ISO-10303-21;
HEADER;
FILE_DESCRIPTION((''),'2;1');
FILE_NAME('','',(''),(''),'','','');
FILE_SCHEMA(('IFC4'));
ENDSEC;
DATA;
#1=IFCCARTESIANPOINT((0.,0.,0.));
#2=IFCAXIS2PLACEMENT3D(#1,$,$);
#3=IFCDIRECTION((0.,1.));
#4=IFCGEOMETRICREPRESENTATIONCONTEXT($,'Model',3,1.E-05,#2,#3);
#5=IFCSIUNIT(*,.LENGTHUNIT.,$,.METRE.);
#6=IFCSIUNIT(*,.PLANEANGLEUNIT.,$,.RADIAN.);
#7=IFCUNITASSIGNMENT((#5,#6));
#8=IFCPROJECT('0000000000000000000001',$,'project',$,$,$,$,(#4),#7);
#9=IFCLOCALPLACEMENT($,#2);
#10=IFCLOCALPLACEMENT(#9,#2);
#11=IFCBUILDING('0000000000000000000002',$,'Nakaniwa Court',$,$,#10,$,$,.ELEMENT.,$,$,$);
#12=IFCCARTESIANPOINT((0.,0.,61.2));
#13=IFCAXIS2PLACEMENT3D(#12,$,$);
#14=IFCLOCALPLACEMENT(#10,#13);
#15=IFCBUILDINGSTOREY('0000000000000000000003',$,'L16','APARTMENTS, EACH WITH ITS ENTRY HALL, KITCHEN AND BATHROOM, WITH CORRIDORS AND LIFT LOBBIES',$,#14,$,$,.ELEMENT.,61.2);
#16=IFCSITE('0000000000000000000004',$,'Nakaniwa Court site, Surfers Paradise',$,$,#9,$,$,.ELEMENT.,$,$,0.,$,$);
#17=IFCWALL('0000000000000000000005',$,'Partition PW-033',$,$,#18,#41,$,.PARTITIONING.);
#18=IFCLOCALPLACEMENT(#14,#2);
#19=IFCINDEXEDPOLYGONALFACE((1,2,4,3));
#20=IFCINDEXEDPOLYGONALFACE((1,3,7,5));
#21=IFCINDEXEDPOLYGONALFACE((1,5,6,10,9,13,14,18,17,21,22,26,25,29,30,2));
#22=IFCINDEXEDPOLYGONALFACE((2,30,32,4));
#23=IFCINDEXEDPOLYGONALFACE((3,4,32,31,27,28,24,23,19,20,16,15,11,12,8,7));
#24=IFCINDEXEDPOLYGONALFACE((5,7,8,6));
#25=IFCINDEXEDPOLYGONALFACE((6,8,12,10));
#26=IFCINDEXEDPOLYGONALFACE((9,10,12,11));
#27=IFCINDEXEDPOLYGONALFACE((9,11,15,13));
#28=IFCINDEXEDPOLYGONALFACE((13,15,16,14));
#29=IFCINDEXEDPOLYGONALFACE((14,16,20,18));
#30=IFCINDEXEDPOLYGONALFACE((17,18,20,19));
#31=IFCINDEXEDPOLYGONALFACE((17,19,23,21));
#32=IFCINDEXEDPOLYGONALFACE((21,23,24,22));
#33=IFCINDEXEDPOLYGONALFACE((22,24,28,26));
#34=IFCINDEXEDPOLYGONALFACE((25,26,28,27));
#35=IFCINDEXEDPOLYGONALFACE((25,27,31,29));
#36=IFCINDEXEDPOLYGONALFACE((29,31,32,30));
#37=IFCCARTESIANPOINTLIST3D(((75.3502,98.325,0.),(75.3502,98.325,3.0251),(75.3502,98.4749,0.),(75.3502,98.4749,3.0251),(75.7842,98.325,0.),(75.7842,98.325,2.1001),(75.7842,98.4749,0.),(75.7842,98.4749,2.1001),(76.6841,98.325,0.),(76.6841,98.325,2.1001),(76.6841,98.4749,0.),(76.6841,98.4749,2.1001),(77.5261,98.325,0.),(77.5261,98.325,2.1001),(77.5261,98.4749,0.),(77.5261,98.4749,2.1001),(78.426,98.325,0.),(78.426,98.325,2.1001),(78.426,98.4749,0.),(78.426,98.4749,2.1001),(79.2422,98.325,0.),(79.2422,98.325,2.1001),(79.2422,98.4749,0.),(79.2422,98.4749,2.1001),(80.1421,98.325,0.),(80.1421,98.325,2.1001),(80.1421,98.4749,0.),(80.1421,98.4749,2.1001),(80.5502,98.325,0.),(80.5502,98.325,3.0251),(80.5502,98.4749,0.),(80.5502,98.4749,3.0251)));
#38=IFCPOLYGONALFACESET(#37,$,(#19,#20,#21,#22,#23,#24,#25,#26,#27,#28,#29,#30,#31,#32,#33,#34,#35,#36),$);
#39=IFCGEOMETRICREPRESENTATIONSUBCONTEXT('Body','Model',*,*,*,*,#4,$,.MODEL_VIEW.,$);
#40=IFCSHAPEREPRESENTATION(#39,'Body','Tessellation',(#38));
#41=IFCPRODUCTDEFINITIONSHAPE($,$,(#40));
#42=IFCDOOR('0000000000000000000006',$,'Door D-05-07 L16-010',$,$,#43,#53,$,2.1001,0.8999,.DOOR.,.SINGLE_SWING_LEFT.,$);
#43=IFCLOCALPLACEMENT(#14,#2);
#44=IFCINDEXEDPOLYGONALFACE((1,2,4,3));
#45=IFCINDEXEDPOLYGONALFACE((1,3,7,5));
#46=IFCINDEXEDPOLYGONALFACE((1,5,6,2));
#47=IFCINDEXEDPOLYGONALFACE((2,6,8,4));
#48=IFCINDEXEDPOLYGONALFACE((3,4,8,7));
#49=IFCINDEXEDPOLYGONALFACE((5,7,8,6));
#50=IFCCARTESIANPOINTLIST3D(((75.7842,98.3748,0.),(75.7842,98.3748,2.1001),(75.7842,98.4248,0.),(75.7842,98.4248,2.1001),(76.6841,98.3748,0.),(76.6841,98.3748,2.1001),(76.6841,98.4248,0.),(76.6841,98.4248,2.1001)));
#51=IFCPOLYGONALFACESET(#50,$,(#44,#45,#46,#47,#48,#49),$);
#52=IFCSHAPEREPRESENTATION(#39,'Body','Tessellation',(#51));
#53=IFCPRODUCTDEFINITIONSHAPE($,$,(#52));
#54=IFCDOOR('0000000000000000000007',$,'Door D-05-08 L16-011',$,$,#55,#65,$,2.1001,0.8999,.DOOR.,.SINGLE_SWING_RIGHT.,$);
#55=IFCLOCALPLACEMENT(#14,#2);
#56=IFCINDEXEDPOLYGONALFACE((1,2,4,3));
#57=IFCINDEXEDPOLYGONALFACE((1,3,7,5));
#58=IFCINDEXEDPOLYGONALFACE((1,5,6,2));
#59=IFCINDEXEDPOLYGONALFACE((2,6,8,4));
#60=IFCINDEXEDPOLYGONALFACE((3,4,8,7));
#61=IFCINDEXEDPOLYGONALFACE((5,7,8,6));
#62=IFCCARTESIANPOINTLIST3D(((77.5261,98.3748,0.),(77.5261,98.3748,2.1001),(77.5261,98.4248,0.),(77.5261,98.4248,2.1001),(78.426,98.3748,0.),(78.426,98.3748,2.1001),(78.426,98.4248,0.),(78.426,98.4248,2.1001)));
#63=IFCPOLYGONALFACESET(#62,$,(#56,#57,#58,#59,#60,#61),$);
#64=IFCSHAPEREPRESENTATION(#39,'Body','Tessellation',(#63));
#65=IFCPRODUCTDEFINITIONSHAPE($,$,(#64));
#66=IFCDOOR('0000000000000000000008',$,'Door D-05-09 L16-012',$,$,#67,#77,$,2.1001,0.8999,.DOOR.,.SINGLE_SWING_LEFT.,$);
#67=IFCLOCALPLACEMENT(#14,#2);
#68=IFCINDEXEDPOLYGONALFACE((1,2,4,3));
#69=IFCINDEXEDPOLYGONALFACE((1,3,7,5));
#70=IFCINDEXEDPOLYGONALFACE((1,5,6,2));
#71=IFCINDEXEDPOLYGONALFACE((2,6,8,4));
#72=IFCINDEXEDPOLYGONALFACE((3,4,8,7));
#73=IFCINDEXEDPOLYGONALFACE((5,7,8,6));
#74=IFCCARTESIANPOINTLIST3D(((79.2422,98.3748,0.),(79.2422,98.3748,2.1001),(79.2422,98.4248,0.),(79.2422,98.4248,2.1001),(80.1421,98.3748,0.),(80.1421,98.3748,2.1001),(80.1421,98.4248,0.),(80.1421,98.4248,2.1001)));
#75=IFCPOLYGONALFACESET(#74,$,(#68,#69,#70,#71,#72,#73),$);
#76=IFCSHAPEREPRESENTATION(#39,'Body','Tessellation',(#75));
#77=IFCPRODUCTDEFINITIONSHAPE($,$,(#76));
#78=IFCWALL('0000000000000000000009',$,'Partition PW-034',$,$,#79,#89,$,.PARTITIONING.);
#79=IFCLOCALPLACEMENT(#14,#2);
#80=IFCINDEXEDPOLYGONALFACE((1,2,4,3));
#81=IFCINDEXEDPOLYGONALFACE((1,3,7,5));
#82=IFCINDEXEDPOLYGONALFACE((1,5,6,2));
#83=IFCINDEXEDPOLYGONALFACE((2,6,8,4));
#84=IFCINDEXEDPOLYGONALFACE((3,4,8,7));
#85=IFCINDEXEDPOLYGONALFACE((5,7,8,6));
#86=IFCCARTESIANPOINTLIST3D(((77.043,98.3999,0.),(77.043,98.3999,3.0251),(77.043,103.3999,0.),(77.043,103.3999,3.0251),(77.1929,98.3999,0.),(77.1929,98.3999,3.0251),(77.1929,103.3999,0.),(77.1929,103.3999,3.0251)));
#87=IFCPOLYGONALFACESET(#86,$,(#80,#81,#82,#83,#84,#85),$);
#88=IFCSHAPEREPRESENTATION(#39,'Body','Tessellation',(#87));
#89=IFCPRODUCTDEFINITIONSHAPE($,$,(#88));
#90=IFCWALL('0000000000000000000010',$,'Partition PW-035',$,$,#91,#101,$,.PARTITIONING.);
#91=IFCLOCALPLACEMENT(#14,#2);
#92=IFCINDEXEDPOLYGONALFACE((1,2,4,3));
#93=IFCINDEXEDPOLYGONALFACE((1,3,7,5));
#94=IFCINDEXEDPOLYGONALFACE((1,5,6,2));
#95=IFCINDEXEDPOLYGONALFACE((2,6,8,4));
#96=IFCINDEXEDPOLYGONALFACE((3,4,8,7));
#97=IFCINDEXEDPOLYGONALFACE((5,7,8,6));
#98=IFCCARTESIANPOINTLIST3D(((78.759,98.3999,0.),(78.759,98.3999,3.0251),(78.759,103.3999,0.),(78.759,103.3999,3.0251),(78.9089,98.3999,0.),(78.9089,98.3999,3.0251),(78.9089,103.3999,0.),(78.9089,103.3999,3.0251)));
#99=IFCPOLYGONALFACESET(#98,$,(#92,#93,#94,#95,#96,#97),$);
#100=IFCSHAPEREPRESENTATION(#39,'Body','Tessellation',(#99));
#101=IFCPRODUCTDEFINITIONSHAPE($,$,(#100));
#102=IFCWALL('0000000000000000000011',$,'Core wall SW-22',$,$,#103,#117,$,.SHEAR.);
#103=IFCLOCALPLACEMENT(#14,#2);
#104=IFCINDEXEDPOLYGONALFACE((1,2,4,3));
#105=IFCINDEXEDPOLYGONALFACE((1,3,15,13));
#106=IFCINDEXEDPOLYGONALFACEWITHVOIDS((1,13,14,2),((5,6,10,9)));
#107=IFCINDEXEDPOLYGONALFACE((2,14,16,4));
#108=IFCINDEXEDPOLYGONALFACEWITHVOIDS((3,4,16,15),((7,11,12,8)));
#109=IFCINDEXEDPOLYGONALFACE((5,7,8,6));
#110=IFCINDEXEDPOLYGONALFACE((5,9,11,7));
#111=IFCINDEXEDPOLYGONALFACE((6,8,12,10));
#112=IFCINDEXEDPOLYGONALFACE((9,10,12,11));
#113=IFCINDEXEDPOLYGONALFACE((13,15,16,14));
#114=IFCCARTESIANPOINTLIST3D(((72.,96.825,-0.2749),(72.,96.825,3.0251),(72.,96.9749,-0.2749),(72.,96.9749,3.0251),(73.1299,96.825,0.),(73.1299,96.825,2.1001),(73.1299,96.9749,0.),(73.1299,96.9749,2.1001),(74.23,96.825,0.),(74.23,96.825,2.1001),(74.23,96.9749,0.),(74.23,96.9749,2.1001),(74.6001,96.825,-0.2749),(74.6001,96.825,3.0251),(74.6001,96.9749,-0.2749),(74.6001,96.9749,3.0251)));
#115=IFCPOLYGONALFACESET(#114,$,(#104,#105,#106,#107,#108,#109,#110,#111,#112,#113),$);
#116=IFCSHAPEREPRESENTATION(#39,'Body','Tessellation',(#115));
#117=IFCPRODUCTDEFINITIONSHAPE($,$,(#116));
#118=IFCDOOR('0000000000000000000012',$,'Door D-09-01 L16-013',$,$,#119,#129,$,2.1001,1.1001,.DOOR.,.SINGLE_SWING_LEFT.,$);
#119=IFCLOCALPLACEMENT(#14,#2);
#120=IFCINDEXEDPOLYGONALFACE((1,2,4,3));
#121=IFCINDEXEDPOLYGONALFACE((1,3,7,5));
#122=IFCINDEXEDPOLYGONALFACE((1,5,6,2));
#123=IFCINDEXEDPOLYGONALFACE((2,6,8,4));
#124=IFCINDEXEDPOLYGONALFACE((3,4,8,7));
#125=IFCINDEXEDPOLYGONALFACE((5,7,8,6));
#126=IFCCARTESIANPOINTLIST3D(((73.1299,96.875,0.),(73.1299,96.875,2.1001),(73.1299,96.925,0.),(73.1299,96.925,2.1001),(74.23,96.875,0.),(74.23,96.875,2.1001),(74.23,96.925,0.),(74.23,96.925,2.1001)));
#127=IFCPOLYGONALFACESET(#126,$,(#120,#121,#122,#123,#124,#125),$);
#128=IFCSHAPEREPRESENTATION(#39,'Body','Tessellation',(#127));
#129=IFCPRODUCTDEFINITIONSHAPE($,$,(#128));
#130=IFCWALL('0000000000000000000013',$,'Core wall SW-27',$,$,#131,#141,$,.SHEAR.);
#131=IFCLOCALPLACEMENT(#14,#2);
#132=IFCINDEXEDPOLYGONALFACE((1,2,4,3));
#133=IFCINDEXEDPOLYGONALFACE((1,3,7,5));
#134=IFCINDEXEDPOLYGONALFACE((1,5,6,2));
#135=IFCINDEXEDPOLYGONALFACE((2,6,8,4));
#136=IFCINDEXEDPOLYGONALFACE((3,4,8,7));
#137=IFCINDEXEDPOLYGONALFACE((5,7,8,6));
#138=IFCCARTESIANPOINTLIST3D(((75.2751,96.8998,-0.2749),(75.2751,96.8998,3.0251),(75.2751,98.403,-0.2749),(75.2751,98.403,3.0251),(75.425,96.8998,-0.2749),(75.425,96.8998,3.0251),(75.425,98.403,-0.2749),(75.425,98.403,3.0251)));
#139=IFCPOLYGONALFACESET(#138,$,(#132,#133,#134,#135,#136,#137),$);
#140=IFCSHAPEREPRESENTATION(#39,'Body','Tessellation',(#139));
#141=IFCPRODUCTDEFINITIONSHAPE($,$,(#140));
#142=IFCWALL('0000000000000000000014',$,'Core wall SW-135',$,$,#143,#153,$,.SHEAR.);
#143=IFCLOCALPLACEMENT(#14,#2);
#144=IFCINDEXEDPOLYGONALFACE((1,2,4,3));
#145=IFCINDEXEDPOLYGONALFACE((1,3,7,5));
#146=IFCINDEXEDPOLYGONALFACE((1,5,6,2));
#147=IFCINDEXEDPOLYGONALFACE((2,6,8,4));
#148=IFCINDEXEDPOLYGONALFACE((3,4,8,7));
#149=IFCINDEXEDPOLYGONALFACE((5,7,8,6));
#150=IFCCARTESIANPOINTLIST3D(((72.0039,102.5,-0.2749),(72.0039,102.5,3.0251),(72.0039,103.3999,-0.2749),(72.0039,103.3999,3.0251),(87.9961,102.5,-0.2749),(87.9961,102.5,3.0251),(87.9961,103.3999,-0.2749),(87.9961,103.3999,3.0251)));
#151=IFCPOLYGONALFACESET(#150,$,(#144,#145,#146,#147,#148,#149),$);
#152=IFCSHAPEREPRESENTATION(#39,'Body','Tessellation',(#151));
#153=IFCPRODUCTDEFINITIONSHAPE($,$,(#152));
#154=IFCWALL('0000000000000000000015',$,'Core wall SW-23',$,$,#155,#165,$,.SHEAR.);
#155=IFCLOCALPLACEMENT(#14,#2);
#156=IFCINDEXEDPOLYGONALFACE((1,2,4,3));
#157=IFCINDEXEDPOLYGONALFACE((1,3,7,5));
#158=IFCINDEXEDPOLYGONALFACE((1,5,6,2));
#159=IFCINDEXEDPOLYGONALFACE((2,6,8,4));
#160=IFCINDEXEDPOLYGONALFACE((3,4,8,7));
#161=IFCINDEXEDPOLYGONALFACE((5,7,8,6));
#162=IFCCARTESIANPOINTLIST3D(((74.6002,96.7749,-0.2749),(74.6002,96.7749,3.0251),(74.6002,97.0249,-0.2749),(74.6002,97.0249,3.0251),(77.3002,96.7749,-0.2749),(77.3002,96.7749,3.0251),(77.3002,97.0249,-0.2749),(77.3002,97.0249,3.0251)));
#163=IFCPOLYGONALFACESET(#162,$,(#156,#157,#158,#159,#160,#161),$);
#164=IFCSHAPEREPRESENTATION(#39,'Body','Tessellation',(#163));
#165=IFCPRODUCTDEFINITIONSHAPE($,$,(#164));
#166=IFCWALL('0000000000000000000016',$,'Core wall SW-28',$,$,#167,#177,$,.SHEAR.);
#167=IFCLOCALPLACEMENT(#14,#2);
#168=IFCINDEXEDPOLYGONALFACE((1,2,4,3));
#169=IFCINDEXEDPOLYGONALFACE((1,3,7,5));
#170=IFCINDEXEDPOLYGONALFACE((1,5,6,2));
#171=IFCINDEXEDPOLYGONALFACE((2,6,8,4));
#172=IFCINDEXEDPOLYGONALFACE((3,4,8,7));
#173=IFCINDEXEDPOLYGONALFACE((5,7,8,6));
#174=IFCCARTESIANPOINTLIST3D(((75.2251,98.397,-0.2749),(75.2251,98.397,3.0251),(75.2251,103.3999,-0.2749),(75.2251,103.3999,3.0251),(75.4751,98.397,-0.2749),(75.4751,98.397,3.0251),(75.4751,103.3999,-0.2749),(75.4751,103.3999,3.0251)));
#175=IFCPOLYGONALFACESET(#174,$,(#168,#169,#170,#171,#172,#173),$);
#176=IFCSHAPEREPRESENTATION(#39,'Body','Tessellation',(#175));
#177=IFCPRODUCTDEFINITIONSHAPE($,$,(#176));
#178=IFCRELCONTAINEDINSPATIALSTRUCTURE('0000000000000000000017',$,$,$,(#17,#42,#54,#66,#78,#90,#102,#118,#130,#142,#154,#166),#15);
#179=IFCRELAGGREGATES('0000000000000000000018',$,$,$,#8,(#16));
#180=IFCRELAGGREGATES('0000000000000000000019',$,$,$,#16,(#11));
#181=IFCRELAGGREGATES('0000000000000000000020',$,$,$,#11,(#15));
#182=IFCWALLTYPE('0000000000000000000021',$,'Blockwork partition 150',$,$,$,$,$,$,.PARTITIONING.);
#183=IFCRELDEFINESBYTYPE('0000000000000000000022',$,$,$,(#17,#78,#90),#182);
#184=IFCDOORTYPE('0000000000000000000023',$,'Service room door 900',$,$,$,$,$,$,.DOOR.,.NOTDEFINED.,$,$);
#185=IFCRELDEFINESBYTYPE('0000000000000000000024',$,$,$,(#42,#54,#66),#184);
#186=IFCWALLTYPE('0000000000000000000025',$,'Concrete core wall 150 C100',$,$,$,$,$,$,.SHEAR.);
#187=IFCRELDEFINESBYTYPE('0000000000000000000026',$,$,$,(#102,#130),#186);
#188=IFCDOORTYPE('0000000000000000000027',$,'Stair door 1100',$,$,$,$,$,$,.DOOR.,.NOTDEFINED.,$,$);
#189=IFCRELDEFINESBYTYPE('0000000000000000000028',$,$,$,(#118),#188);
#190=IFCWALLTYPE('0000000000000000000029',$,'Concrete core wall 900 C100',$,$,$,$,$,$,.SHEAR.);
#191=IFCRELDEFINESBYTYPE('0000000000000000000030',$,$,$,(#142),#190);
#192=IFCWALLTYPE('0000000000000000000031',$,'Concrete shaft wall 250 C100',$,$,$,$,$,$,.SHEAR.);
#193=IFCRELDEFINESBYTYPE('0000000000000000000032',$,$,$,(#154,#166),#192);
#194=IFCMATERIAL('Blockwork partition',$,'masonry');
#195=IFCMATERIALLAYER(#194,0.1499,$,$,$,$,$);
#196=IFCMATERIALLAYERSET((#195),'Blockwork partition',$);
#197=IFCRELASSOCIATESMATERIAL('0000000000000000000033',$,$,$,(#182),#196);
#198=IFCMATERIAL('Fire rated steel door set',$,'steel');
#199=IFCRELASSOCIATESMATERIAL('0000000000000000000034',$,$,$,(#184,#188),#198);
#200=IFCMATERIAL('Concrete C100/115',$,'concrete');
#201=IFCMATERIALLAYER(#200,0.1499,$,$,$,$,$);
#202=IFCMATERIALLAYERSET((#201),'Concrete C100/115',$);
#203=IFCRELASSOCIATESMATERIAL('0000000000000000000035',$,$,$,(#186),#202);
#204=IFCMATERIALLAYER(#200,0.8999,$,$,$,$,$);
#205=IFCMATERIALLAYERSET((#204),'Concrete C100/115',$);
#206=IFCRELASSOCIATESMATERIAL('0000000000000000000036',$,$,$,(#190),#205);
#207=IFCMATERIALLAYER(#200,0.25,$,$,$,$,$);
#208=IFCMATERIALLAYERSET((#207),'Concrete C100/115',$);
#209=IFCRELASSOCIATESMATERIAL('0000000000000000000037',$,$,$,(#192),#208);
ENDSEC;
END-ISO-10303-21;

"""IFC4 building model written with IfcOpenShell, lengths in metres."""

from ifc_helpers import new_model, si_unit, direction, frame, frame_2d, origin, place, context, subcontext, project, spatial, rectangle, extrude, material, layer, layer_set, type_object, element, fill, save


model = new_model("IFC4")

# Units and contexts
model_context = context("Model", 3, precision=1e-05, world=origin(), true_north=direction((0.0, 1.0)))
body_context = subcontext(model_context, "Body", "Model", "MODEL_VIEW")
ifc_project = project(units=[si_unit("LENGTHUNIT", "METRE"), si_unit("PLANEANGLEUNIT", "RADIAN")], contexts=[model_context])

# Site, building, storey
site_placement = place(None, origin())
site = spatial("IfcSite", under=ifc_project, at=site_placement, Name="Nakaniwa Court site, Surfers Paradise", CompositionType="ELEMENT", RefElevation=0.0)
building_placement = place(site_placement, origin())
building = spatial("IfcBuilding", under=site, at=building_placement, Name="Nakaniwa Court", CompositionType="ELEMENT")
storey_placement = place(building_placement, frame((0.0, 0.0, 61.2)))
storey = spatial("IfcBuildingStorey", under=building, at=storey_placement, Name="L16", Description="APARTMENTS, EACH WITH ITS ENTRY HALL, KITCHEN AND BATHROOM, WITH CORRIDORS AND LIFT LOBBIES", CompositionType="ELEMENT", Elevation=61.2)

# Shared definitions
ifc_material_1 = material(Name="Concrete C100/115", Category="concrete")

# Shared definitions
ifc_material_2 = material(Name="Blockwork partition", Category="masonry")
ifc_layer_1 = layer(ifc_material_2, 0.1499)
ifc_layer_set_1 = layer_set([ifc_layer_1], Name="Blockwork partition")
wall_type_1 = type_object("IfcWallType", Name="Blockwork partition 150", PredefinedType="PARTITIONING", material=ifc_layer_set_1)
ifc_material_3 = material(Name="Fire rated steel door set", Category="steel")

# Wall, openings, doors
wall_1_placement = place(storey_placement, frame((75.3501, 98.3999, 0.0), z_axis=(0.0, 0.0, 1.0), x_axis=(1.0, 0.0, 0.0)))
wall_1 = element("IfcWall", 1, at=wall_1_placement, inside=storey, type_object=wall_type_1, Name="Partition PW-033", PredefinedType="PARTITIONING", context=body_context, shape_type="SweptSolid", body=[
    extrude(rectangle(XDim=5.2, YDim=0.1499, at=frame_2d((2.6001, 0.0))), origin(), (0.0, 0.0, 1.0), 3.0251),
])
opening_1_placement = place(wall_1_placement, frame((0.4341, 0.0, 0.0)))
opening_1 = element("IfcOpeningElement", 2, at=opening_1_placement, cuts=wall_1, PredefinedType="OPENING", context=body_context, shape_type="SweptSolid", body=[
    extrude(rectangle(XDim=0.8999, YDim=2.1001, at=frame_2d((0.45, 1.05))), frame((0.0, 0.085, 0.0), z_axis=(0.0, -1.0, 0.0), x_axis=(1.0, 0.0, 0.0)), (0.0, 0.0, 1.0), 0.1699),
])
opening_2_placement = place(wall_1_placement, frame((2.176, 0.0, 0.0)))
opening_2 = element("IfcOpeningElement", 3, at=opening_2_placement, cuts=wall_1, PredefinedType="OPENING", context=body_context, shape_type="SweptSolid", body=[
    extrude(rectangle(XDim=0.8999, YDim=2.1001, at=frame_2d((0.45, 1.05))), frame((0.0, 0.085, 0.0), z_axis=(0.0, -1.0, 0.0), x_axis=(1.0, 0.0, 0.0)), (0.0, 0.0, 1.0), 0.1699),
])
opening_3_placement = place(wall_1_placement, frame((3.8921, 0.0, 0.0)))
opening_3 = element("IfcOpeningElement", 4, at=opening_3_placement, cuts=wall_1, PredefinedType="OPENING", context=body_context, shape_type="SweptSolid", body=[
    extrude(rectangle(XDim=0.8999, YDim=2.1001, at=frame_2d((0.45, 1.05))), frame((0.0, 0.085, 0.0), z_axis=(0.0, -1.0, 0.0), x_axis=(1.0, 0.0, 0.0)), (0.0, 0.0, 1.0), 0.1699),
])
door_type_1 = type_object("IfcDoorType", Name="Service room door 900", OperationType="NOTDEFINED", PredefinedType="DOOR", material=ifc_material_3)
door_1_placement = place(opening_1_placement, origin())
door_1 = element("IfcDoor", 5, at=door_1_placement, inside=storey, type_object=door_type_1, Name="Door D-05-07 L16-010", OperationType="SINGLE_SWING_LEFT", OverallHeight=2.1001, OverallWidth=0.8999, PredefinedType="DOOR", context=body_context, shape_type="SweptSolid", body=[
    extrude(rectangle(XDim=0.8999, YDim=2.1001, at=frame_2d((0.45, 1.05))), frame((0.0, 0.0249, 0.0), z_axis=(0.0, -1.0, 0.0), x_axis=(1.0, 0.0, 0.0)), (0.0, 0.0, 1.0), 0.05),
])
fill(opening_1, door_1)
door_2_placement = place(opening_2_placement, origin())
door_2 = element("IfcDoor", 6, at=door_2_placement, inside=storey, type_object=door_type_1, Name="Door D-05-08 L16-011", OperationType="SINGLE_SWING_RIGHT", OverallHeight=2.1001, OverallWidth=0.8999, PredefinedType="DOOR", context=body_context, shape_type="SweptSolid", body=[
    extrude(rectangle(XDim=0.8999, YDim=2.1001, at=frame_2d((0.45, 1.05))), frame((0.0, 0.0249, 0.0), z_axis=(0.0, -1.0, 0.0), x_axis=(1.0, 0.0, 0.0)), (0.0, 0.0, 1.0), 0.05),
])
fill(opening_2, door_2)
door_3_placement = place(opening_3_placement, origin())
door_3 = element("IfcDoor", 7, at=door_3_placement, inside=storey, type_object=door_type_1, Name="Door D-05-09 L16-012", OperationType="SINGLE_SWING_LEFT", OverallHeight=2.1001, OverallWidth=0.8999, PredefinedType="DOOR", context=body_context, shape_type="SweptSolid", body=[
    extrude(rectangle(XDim=0.8999, YDim=2.1001, at=frame_2d((0.45, 1.05))), frame((0.0, 0.0249, 0.0), z_axis=(0.0, -1.0, 0.0), x_axis=(1.0, 0.0, 0.0)), (0.0, 0.0, 1.0), 0.05),
])
fill(opening_3, door_3)

# Walls
for number, where, z_axis, x_axis, name in (
    (8, (77.1179, 98.3999, 0.0), (0.0, 0.0, 1.0), (0.0, 1.0, 0.0), "Partition PW-034"),
    (9, (78.834, 98.3999, 0.0), (0.0, 0.0, 1.0), (0.0, 1.0, 0.0), "Partition PW-035"),
):
    element("IfcWall", number, at=place(storey_placement, frame(where, z_axis=z_axis, x_axis=x_axis)), inside=storey, type_object=wall_type_1, Name=name, PredefinedType="PARTITIONING", context=body_context, shape_type="SweptSolid", body=[
        extrude(rectangle(XDim=5.0, YDim=0.1499, at=frame_2d((2.5, 0.0))), origin(), (0.0, 0.0, 1.0), 3.0251),
    ])

# Wall, opening, door
ifc_layer_2 = layer(ifc_material_1, 0.1499)
ifc_layer_set_2 = layer_set([ifc_layer_2], Name="Concrete C100/115")
wall_type_2 = type_object("IfcWallType", Name="Concrete core wall 150 C100", PredefinedType="SHEAR", material=ifc_layer_set_2)
wall_2_placement = place(storey_placement, frame((74.6001, 96.8999, -0.2749), z_axis=(0.0, 0.0, 1.0), x_axis=(-1.0, 0.0, 0.0)))
wall_2 = element("IfcWall", 10, at=wall_2_placement, inside=storey, type_object=wall_type_2, Name="Core wall SW-22", PredefinedType="SHEAR", context=body_context, shape_type="SweptSolid", body=[
    extrude(rectangle(XDim=2.6001, YDim=0.1499, at=frame_2d((1.3, 0.0))), origin(), (0.0, 0.0, 1.0), 3.3),
])
opening_4_placement = place(wall_2_placement, frame((0.3701, 0.0, 0.2749)))
opening_4 = element("IfcOpeningElement", 11, at=opening_4_placement, cuts=wall_2, PredefinedType="OPENING", context=body_context, shape_type="SweptSolid", body=[
    extrude(rectangle(XDim=1.1001, YDim=2.1001, at=frame_2d((0.55, 1.05))), frame((0.0, 0.085, 0.0), z_axis=(0.0, -1.0, 0.0), x_axis=(1.0, 0.0, 0.0)), (0.0, 0.0, 1.0), 0.1699),
])
door_type_2 = type_object("IfcDoorType", Name="Stair door 1100", OperationType="NOTDEFINED", PredefinedType="DOOR", material=ifc_material_3)
door_4_placement = place(opening_4_placement, origin())
door_4 = element("IfcDoor", 12, at=door_4_placement, inside=storey, type_object=door_type_2, Name="Door D-09-01 L16-013", OperationType="SINGLE_SWING_LEFT", OverallHeight=2.1001, OverallWidth=1.1001, PredefinedType="DOOR", context=body_context, shape_type="SweptSolid", body=[
    extrude(rectangle(XDim=1.1001, YDim=2.1001, at=frame_2d((0.55, 1.05))), frame((0.0, 0.0249, 0.0), z_axis=(0.0, -1.0, 0.0), x_axis=(1.0, 0.0, 0.0)), (0.0, 0.0, 1.0), 0.05),
])
fill(opening_4, door_4)

# Walls
wall_3_placement = place(storey_placement, frame((75.3501, 96.8999, -0.2749), z_axis=(0.0, 0.0, 1.0), x_axis=(0.0, 1.0, 0.0)))
element("IfcWall", 13, at=wall_3_placement, inside=storey, type_object=wall_type_2, Name="Core wall SW-27", PredefinedType="SHEAR", context=body_context, shape_type="SweptSolid", body=[
    extrude(rectangle(XDim=1.5032, YDim=0.1499, at=frame_2d((0.7515, 0.0))), origin(), (0.0, 0.0, 1.0), 3.3),
])
ifc_layer_3 = layer(ifc_material_1, 0.8999)
ifc_layer_set_3 = layer_set([ifc_layer_3], Name="Concrete C100/115")
wall_type_3 = type_object("IfcWallType", Name="Concrete core wall 900 C100", PredefinedType="SHEAR", material=ifc_layer_set_3)
wall_4_placement = place(storey_placement, frame((72.0039, 102.95, -0.2749), z_axis=(0.0, 0.0, 1.0), x_axis=(1.0, 0.0, 0.0)))
element("IfcWall", 14, at=wall_4_placement, inside=storey, type_object=wall_type_3, Name="Core wall SW-135", PredefinedType="SHEAR", context=body_context, shape_type="SweptSolid", body=[
    extrude(rectangle(XDim=15.9922, YDim=0.8999, at=frame_2d((7.9961, 0.0))), origin(), (0.0, 0.0, 1.0), 3.3),
])
ifc_layer_4 = layer(ifc_material_1, 0.25)
ifc_layer_set_4 = layer_set([ifc_layer_4], Name="Concrete C100/115")
wall_type_4 = type_object("IfcWallType", Name="Concrete shaft wall 250 C100", PredefinedType="SHEAR", material=ifc_layer_set_4)
wall_5_placement = place(storey_placement, frame((74.6001, 96.8999, -0.2749), z_axis=(0.0, 0.0, 1.0), x_axis=(1.0, 0.0, 0.0)))
element("IfcWall", 15, at=wall_5_placement, inside=storey, type_object=wall_type_4, Name="Core wall SW-23", PredefinedType="SHEAR", context=body_context, shape_type="SweptSolid", body=[
    extrude(rectangle(XDim=2.7, YDim=0.25, at=frame_2d((1.3501, 0.0))), origin(), (0.0, 0.0, 1.0), 3.3),
])
wall_6_placement = place(storey_placement, frame((75.3501, 98.397, -0.2749), z_axis=(0.0, 0.0, 1.0), x_axis=(0.0, 1.0, 0.0)))
element("IfcWall", 16, at=wall_6_placement, inside=storey, type_object=wall_type_4, Name="Core wall SW-28", PredefinedType="SHEAR", context=body_context, shape_type="SweptSolid", body=[
    extrude(rectangle(XDim=5.0029, YDim=0.25, at=frame_2d((2.5015, 0.0))), origin(), (0.0, 0.0, 1.0), 3.3),
])

save(model, "model.ifc")
